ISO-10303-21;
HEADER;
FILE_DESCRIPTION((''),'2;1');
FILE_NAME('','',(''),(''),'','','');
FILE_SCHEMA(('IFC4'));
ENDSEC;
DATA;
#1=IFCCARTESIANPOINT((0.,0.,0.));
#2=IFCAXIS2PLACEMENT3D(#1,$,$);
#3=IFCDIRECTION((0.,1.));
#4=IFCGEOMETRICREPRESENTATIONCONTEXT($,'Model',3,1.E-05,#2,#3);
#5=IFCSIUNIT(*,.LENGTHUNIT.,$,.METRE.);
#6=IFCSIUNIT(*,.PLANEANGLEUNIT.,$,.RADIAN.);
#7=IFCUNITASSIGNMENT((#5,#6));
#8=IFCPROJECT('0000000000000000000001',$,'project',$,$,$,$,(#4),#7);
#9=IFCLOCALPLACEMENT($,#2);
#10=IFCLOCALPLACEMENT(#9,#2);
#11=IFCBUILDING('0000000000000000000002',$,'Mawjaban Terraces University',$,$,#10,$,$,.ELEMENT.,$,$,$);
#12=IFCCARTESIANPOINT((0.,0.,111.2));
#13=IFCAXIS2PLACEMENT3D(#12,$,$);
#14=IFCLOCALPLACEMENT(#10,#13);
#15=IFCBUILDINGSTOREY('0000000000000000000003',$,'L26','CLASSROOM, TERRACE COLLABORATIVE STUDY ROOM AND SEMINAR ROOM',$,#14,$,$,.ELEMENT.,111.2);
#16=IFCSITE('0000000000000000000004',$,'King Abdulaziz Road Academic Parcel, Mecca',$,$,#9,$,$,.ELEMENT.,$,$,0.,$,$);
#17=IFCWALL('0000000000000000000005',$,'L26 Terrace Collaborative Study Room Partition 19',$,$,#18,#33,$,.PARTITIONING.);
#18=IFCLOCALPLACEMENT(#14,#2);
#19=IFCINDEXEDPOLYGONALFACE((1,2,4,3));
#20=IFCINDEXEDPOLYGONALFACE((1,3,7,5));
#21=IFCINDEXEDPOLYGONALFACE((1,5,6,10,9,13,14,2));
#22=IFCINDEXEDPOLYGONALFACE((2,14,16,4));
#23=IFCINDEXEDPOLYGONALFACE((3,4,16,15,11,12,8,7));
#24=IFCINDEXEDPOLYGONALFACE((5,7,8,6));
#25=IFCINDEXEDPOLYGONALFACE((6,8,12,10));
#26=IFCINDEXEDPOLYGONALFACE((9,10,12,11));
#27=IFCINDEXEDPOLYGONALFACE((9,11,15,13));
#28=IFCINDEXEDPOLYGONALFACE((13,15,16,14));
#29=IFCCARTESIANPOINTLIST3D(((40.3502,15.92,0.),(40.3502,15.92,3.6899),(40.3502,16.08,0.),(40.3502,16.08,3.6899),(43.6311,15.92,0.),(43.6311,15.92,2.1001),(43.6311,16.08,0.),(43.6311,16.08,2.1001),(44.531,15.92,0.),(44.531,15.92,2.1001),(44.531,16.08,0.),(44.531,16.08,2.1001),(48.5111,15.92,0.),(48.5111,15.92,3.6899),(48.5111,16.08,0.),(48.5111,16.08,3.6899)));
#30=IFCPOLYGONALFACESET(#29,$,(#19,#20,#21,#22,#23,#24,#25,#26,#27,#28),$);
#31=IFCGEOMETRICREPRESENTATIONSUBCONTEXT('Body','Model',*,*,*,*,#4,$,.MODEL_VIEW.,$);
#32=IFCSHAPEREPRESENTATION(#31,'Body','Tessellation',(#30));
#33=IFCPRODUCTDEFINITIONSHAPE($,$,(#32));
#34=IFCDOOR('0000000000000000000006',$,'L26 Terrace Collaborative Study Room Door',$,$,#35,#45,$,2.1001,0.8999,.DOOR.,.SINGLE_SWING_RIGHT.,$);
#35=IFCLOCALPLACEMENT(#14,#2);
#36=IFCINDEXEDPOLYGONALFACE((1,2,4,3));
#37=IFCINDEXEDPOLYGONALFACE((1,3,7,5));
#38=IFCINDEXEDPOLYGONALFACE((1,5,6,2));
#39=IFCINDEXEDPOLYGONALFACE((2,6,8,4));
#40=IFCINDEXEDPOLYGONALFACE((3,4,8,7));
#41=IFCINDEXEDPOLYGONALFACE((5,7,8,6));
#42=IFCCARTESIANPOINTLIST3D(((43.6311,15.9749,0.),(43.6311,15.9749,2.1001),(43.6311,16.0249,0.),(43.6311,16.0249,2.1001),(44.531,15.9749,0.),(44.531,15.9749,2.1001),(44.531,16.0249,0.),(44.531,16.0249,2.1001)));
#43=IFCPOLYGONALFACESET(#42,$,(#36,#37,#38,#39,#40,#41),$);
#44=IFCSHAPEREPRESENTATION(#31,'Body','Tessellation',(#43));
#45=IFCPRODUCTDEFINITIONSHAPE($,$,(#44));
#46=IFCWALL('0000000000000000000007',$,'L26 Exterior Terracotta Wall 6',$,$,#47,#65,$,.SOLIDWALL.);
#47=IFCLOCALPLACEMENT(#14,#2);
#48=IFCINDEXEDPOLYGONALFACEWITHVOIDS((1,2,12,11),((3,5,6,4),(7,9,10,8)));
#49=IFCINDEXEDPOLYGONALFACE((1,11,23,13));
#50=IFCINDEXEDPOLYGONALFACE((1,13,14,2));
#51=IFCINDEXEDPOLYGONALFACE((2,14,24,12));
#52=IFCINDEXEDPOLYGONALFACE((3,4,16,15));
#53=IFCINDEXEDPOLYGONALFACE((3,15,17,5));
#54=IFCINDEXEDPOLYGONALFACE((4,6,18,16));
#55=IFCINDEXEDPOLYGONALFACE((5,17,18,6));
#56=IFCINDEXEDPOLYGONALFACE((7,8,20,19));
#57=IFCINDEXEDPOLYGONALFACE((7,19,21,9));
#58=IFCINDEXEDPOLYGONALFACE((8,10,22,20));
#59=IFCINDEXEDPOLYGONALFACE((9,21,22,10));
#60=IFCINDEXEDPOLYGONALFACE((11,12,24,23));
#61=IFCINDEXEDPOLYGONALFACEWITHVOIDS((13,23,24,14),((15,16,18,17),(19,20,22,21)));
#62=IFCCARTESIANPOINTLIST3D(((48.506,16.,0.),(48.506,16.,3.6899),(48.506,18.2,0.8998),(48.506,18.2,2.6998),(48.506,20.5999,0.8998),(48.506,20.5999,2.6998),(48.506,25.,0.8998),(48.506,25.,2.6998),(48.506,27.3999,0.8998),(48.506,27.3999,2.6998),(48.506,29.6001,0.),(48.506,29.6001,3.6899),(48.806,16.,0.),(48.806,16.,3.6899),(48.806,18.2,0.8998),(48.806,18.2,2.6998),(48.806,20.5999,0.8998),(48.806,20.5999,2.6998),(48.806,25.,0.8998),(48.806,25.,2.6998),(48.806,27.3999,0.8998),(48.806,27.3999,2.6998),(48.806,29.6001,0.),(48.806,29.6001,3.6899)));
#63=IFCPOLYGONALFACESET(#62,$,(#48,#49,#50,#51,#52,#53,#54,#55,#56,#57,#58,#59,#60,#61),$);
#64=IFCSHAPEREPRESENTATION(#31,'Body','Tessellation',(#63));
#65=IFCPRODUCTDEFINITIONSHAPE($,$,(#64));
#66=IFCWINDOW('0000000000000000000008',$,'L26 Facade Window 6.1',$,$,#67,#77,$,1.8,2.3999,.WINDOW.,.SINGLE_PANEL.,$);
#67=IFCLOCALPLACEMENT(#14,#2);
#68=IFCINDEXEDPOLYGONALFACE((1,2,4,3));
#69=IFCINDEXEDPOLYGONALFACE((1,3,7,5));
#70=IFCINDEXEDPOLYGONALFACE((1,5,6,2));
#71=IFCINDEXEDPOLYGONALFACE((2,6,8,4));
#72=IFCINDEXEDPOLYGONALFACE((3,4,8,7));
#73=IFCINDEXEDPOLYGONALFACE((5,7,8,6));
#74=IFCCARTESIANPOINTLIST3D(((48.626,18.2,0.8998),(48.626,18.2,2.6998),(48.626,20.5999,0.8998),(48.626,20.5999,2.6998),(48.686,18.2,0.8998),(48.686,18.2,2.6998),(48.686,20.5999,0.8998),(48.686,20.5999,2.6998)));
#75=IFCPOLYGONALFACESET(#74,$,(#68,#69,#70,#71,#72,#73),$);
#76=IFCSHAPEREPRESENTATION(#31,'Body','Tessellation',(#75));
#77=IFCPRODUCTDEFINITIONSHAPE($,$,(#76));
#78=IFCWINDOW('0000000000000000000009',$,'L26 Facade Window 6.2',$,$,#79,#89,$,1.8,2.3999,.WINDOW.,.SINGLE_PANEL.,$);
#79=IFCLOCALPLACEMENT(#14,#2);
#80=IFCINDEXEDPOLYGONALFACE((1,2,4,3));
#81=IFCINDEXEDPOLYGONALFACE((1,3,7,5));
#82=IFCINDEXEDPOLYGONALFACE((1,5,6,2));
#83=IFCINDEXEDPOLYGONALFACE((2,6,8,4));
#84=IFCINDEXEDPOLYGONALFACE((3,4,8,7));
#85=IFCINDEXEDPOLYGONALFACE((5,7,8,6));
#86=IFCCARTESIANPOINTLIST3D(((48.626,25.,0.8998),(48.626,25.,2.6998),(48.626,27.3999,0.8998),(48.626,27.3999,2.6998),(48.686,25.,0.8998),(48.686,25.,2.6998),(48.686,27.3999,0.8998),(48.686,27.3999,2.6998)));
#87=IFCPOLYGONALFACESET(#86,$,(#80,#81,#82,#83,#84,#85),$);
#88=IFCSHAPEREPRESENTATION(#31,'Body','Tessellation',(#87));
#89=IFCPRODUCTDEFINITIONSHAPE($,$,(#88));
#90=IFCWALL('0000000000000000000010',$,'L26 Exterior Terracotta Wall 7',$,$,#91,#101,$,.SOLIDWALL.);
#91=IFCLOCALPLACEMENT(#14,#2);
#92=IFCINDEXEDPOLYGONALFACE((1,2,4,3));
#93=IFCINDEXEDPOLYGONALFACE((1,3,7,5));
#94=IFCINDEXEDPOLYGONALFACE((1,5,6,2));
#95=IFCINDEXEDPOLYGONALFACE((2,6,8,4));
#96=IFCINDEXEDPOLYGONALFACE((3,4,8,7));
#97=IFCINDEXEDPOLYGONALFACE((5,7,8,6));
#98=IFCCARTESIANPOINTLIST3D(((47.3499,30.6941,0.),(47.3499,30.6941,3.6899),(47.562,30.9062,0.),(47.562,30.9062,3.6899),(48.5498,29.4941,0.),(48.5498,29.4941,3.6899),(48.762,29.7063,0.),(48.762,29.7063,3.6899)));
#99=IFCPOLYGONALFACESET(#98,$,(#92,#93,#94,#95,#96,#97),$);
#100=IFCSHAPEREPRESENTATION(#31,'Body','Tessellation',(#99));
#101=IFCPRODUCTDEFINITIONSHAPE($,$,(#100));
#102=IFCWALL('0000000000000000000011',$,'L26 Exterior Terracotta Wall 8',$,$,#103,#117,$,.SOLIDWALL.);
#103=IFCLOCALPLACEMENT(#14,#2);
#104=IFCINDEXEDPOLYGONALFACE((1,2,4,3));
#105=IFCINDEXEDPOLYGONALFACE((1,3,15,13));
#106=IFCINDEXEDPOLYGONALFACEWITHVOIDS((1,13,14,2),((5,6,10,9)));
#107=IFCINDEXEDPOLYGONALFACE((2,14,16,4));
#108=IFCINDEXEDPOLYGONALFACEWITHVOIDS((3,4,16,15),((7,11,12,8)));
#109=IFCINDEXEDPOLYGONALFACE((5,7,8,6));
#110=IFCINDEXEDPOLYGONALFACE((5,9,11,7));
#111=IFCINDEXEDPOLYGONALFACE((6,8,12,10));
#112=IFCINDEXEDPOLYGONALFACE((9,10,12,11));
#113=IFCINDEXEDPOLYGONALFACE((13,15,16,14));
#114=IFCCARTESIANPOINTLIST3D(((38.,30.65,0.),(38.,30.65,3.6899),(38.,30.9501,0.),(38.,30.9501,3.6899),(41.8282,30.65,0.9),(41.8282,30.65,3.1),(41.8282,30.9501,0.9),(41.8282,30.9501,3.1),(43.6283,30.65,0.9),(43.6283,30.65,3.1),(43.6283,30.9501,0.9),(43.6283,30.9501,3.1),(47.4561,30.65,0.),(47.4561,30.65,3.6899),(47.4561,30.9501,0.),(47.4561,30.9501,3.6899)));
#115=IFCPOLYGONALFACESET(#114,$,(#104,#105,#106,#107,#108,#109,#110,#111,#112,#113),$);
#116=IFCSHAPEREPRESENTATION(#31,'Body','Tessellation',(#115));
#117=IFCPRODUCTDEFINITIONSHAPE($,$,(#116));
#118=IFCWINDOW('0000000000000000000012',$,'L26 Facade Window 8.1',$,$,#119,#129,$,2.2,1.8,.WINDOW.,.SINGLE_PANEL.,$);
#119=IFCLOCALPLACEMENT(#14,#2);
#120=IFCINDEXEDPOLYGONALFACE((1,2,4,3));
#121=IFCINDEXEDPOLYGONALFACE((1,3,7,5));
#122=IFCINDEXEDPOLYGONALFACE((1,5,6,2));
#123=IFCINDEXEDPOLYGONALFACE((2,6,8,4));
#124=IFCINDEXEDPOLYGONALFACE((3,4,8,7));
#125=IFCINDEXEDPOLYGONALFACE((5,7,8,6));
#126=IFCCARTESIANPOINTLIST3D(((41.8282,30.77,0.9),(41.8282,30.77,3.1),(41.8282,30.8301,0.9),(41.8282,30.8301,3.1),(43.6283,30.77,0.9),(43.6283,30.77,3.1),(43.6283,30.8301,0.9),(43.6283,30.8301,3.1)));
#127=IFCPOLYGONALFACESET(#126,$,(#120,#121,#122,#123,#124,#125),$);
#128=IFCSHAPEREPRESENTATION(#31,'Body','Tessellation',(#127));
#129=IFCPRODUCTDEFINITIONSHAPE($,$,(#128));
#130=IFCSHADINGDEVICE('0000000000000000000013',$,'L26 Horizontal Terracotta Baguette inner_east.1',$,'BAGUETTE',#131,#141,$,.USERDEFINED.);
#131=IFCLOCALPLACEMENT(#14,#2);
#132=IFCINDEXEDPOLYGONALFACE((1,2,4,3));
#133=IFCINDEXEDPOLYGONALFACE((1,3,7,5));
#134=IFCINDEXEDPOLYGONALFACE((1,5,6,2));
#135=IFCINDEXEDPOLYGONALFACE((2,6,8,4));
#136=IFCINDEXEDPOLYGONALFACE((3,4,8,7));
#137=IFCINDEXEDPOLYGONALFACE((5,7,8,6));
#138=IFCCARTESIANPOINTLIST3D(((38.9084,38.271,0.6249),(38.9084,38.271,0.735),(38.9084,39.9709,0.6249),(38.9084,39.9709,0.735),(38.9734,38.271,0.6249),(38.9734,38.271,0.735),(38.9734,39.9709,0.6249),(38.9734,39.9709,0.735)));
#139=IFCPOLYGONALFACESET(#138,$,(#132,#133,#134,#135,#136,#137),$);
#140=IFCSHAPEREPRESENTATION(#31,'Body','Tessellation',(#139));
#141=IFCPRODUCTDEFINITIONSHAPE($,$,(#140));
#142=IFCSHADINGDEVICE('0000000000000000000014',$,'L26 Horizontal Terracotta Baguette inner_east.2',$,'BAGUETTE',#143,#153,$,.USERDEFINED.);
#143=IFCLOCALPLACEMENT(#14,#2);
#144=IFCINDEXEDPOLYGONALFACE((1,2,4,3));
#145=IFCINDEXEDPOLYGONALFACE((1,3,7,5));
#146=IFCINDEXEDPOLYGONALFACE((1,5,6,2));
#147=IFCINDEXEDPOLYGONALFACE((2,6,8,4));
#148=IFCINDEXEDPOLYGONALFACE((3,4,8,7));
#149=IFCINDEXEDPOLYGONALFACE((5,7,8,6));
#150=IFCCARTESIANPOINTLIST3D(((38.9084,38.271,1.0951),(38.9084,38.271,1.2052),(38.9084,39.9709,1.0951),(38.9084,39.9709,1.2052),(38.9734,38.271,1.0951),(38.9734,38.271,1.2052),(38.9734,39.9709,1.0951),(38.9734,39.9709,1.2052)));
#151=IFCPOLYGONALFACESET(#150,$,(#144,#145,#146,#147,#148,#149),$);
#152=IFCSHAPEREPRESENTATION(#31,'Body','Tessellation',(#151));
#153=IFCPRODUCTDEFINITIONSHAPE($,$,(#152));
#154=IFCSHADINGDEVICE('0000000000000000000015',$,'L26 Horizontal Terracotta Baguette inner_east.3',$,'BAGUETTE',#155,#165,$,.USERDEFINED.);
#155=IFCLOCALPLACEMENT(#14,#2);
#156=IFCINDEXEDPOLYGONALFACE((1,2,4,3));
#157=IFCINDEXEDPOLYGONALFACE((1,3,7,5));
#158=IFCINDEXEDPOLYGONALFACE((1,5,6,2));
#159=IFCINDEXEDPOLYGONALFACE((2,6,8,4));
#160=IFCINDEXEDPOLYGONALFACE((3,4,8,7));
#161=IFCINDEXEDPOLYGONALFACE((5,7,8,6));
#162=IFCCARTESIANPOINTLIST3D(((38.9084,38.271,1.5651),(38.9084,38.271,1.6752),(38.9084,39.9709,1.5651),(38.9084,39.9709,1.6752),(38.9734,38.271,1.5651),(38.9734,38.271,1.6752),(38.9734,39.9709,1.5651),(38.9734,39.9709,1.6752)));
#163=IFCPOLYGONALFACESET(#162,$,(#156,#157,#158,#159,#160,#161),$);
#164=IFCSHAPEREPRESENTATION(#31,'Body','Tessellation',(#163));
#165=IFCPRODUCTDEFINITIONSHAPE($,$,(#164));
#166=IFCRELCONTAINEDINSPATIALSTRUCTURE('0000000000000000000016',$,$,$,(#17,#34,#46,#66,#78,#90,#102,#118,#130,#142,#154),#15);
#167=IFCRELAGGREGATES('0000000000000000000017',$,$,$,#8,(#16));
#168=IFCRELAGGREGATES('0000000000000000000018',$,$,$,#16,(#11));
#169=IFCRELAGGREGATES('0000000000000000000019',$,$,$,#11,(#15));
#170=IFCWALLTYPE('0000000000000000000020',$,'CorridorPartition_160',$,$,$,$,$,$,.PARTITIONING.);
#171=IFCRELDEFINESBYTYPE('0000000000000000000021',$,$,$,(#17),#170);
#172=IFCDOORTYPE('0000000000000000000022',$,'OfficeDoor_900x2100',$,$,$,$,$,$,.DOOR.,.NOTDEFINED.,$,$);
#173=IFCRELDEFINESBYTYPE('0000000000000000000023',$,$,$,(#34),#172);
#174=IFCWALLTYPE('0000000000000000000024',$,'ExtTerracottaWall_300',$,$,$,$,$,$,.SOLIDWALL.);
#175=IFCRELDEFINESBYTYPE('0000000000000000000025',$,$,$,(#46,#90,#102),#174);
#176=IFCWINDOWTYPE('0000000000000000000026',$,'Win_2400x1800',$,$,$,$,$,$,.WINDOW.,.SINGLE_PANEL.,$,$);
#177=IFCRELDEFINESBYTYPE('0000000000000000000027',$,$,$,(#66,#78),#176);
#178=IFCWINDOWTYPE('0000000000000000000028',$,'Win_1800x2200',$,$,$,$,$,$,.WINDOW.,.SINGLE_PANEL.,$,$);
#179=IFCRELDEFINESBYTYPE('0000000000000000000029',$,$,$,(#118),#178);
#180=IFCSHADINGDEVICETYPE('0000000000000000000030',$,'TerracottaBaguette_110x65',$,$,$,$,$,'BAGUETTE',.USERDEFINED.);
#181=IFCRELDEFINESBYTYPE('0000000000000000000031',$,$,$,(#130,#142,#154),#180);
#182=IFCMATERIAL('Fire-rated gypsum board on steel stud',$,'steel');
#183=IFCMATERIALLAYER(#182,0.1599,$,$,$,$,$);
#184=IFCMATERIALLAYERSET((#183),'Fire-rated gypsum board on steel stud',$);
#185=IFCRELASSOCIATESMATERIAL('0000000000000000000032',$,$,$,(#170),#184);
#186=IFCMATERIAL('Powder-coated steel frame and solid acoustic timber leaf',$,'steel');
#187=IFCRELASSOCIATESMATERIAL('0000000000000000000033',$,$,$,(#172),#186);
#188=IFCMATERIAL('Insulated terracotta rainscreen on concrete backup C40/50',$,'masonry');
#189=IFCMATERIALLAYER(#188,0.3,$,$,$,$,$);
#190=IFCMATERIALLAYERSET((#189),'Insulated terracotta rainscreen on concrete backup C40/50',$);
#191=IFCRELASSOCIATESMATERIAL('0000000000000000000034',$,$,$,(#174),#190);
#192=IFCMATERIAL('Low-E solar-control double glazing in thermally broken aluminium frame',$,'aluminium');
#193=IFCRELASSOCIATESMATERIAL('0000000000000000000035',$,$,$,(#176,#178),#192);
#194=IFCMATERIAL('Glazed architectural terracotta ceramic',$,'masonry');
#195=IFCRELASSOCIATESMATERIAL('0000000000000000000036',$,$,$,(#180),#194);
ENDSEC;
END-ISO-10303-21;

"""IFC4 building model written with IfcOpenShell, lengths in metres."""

from ifc_helpers import new_model, si_unit, direction, frame, frame_2d, origin, origin_2d, place, context, subcontext, project, spatial, rectangle, extrude, material, layer, layer_set, material_profile, profile_set, type_object, element, fill, save


model = new_model("IFC4")

# Units and contexts
model_context = context("Model", 3, precision=1e-05, world=origin(), true_north=direction((0.0, 1.0)))
body_context = subcontext(model_context, "Body", "Model", "MODEL_VIEW")
ifc_project = project(units=[si_unit("LENGTHUNIT", "METRE"), si_unit("PLANEANGLEUNIT", "RADIAN")], contexts=[model_context])

# Site, building, storey
site_placement = place(None, origin())
site = spatial("IfcSite", under=ifc_project, at=site_placement, Name="King Abdulaziz Road Academic Parcel, Mecca", CompositionType="ELEMENT", RefElevation=0.0)
building_placement = place(site_placement, origin())
building = spatial("IfcBuilding", under=site, at=building_placement, Name="Mawjaban Terraces University", CompositionType="ELEMENT")
storey_placement = place(building_placement, frame((0.0, 0.0, 111.2)))
storey = spatial("IfcBuildingStorey", under=building, at=storey_placement, Name="L26", Description="CLASSROOM, TERRACE COLLABORATIVE STUDY ROOM AND SEMINAR ROOM", CompositionType="ELEMENT", Elevation=111.2)

# Shared definitions
ifc_material_1 = material(Name="Fire-rated gypsum board on steel stud", Category="steel")
ifc_layer_1 = layer(ifc_material_1, 0.1599)
ifc_layer_set_1 = layer_set([ifc_layer_1], Name="Fire-rated gypsum board on steel stud")
wall_type_1 = type_object("IfcWallType", Name="CorridorPartition_160", PredefinedType="PARTITIONING", material=ifc_layer_set_1)

# Wall, opening, door
wall_1_placement = place(storey_placement, frame((40.3501, 16.0, 0.0), z_axis=(0.0, 0.0, 1.0), x_axis=(1.0, 0.0, 0.0)))
wall_1 = element("IfcWall", 1, at=wall_1_placement, inside=storey, type_object=wall_type_1, Name="L26 Terrace Collaborative Study Room Partition 19", PredefinedType="PARTITIONING", context=body_context, shape_type="SweptSolid", body=[
    extrude(rectangle(XDim=8.1609, YDim=0.1599, at=frame_2d((4.0806, 0.0))), origin(), (0.0, 0.0, 1.0), 3.6899),
])
opening_1_placement = place(wall_1_placement, frame((3.281, 0.0, 0.0)))
opening_1 = element("IfcOpeningElement", 2, at=opening_1_placement, cuts=wall_1, PredefinedType="OPENING", context=body_context, shape_type="SweptSolid", body=[
    extrude(rectangle(XDim=0.8999, YDim=2.1001, at=frame_2d((0.45, 1.05))), frame((0.0, 0.0898, 0.0), z_axis=(0.0, -1.0, 0.0), x_axis=(1.0, 0.0, 0.0)), (0.0, 0.0, 1.0), 0.1799),
])
ifc_material_2 = material(Name="Powder-coated steel frame and solid acoustic timber leaf", Category="steel")
door_type = type_object("IfcDoorType", Name="OfficeDoor_900x2100", OperationType="NOTDEFINED", PredefinedType="DOOR", material=ifc_material_2)
door_placement = place(opening_1_placement, origin())
door = element("IfcDoor", 3, at=door_placement, inside=storey, type_object=door_type, Name="L26 Terrace Collaborative Study Room Door", OperationType="SINGLE_SWING_RIGHT", OverallHeight=2.1001, OverallWidth=0.8999, PredefinedType="DOOR", context=body_context, shape_type="SweptSolid", body=[
    extrude(rectangle(XDim=0.8999, YDim=2.1001, at=frame_2d((0.45, 1.05))), frame((0.0, 0.0249, 0.0), z_axis=(0.0, -1.0, 0.0), x_axis=(1.0, 0.0, 0.0)), (0.0, 0.0, 1.0), 0.05),
])
fill(opening_1, door)

# Wall, openings, windows
ifc_material_3 = material(Name="Insulated terracotta rainscreen on concrete backup C40/50", Category="masonry")
ifc_layer_2 = layer(ifc_material_3, 0.3)
ifc_layer_set_2 = layer_set([ifc_layer_2], Name="Insulated terracotta rainscreen on concrete backup C40/50")
wall_type_2 = type_object("IfcWallType", Name="ExtTerracottaWall_300", PredefinedType="SOLIDWALL", material=ifc_layer_set_2)
wall_2_placement = place(storey_placement, frame((48.656, 16.0, 0.0), z_axis=(0.0, 0.0, 1.0), x_axis=(0.0, 1.0, 0.0)))
wall_2 = element("IfcWall", 4, at=wall_2_placement, inside=storey, type_object=wall_type_2, Name="L26 Exterior Terracotta Wall 6", PredefinedType="SOLIDWALL", context=body_context, shape_type="SweptSolid", body=[
    extrude(rectangle(XDim=13.6001, YDim=0.3, at=frame_2d((6.8, 0.0))), origin(), (0.0, 0.0, 1.0), 3.6899),
])
opening_2_placement = place(wall_2_placement, frame((2.2, 0.0, 0.8999)))
opening_2 = element("IfcOpeningElement", 5, at=opening_2_placement, cuts=wall_2, PredefinedType="OPENING", context=body_context, shape_type="SweptSolid", body=[
    extrude(rectangle(XDim=2.3999, YDim=1.8, at=frame_2d((1.2, 0.8999))), frame((0.0, 0.1599, 0.0), z_axis=(0.0, -1.0, 0.0), x_axis=(1.0, 0.0, 0.0)), (0.0, 0.0, 1.0), 0.3201),
])
opening_3_placement = place(wall_2_placement, frame((9.0, 0.0, 0.8999)))
opening_3 = element("IfcOpeningElement", 6, at=opening_3_placement, cuts=wall_2, PredefinedType="OPENING", context=body_context, shape_type="SweptSolid", body=[
    extrude(rectangle(XDim=2.3999, YDim=1.8, at=frame_2d((1.2, 0.8999))), frame((0.0, 0.1599, 0.0), z_axis=(0.0, -1.0, 0.0), x_axis=(1.0, 0.0, 0.0)), (0.0, 0.0, 1.0), 0.3201),
])
ifc_material_4 = material(Name="Low-E solar-control double glazing in thermally broken aluminium frame", Category="aluminium")
window_type_1 = type_object("IfcWindowType", Name="Win_2400x1800", PartitioningType="SINGLE_PANEL", PredefinedType="WINDOW", material=ifc_material_4)
window_1_placement = place(opening_2_placement, origin())
window_1 = element("IfcWindow", 7, at=window_1_placement, inside=storey, type_object=window_type_1, Name="L26 Facade Window 6.1", OverallHeight=1.8, OverallWidth=2.3999, PartitioningType="SINGLE_PANEL", PredefinedType="WINDOW", context=body_context, shape_type="SweptSolid", body=[
    extrude(rectangle(XDim=2.3999, YDim=1.8, at=frame_2d((1.2, 0.8999))), frame((0.0, 0.03, 0.0), z_axis=(0.0, -1.0, 0.0), x_axis=(1.0, 0.0, 0.0)), (0.0, 0.0, 1.0), 0.0601),
])
fill(opening_2, window_1)
window_2_placement = place(opening_3_placement, origin())
window_2 = element("IfcWindow", 8, at=window_2_placement, inside=storey, type_object=window_type_1, Name="L26 Facade Window 6.2", OverallHeight=1.8, OverallWidth=2.3999, PartitioningType="SINGLE_PANEL", PredefinedType="WINDOW", context=body_context, shape_type="SweptSolid", body=[
    extrude(rectangle(XDim=2.3999, YDim=1.8, at=frame_2d((1.2, 0.8999))), frame((0.0, 0.03, 0.0), z_axis=(0.0, -1.0, 0.0), x_axis=(1.0, 0.0, 0.0)), (0.0, 0.0, 1.0), 0.0601),
])
fill(opening_3, window_2)

# Wall
wall_3_placement = place(storey_placement, frame((48.656, 29.6001, 0.0), z_axis=(0.0, 0.0, 1.0), x_axis=(-0.707107, 0.707107, 0.0)))
element("IfcWall", 9, at=wall_3_placement, inside=storey, type_object=wall_type_2, Name="L26 Exterior Terracotta Wall 7", PredefinedType="SOLIDWALL", context=body_context, shape_type="SweptSolid", body=[
    extrude(rectangle(XDim=1.697, YDim=0.3, at=frame_2d((0.8486, 0.0))), origin(), (0.0, 0.0, 1.0), 3.6899),
])

# Wall, opening, window
wall_4_placement = place(storey_placement, frame((47.4561, 30.8, 0.0), z_axis=(0.0, 0.0, 1.0), x_axis=(-1.0, 0.0, 0.0)))
wall_4 = element("IfcWall", 10, at=wall_4_placement, inside=storey, type_object=wall_type_2, Name="L26 Exterior Terracotta Wall 8", PredefinedType="SOLIDWALL", context=body_context, shape_type="SweptSolid", body=[
    extrude(rectangle(XDim=9.4561, YDim=0.3, at=frame_2d((4.728, 0.0))), origin(), (0.0, 0.0, 1.0), 3.6899),
])
opening_4_placement = place(wall_4_placement, frame((3.8279, 0.0, 0.8999)))
opening_4 = element("IfcOpeningElement", 11, at=opening_4_placement, cuts=wall_4, PredefinedType="OPENING", context=body_context, shape_type="SweptSolid", body=[
    extrude(rectangle(XDim=1.8, YDim=2.2, at=frame_2d((0.8999, 1.1001))), frame((0.0, 0.1599, 0.0), z_axis=(0.0, -1.0, 0.0), x_axis=(1.0, 0.0, 0.0)), (0.0, 0.0, 1.0), 0.3201),
])
window_type_2 = type_object("IfcWindowType", Name="Win_1800x2200", PartitioningType="SINGLE_PANEL", PredefinedType="WINDOW", material=ifc_material_4)
window_3_placement = place(opening_4_placement, origin())
window_3 = element("IfcWindow", 12, at=window_3_placement, inside=storey, type_object=window_type_2, Name="L26 Facade Window 8.1", OverallHeight=2.2, OverallWidth=1.8, PartitioningType="SINGLE_PANEL", PredefinedType="WINDOW", context=body_context, shape_type="SweptSolid", body=[
    extrude(rectangle(XDim=1.8, YDim=2.2, at=frame_2d((0.8999, 1.1001))), frame((0.0, 0.03, 0.0), z_axis=(0.0, -1.0, 0.0), x_axis=(1.0, 0.0, 0.0)), (0.0, 0.0, 1.0), 0.0601),
])
fill(opening_4, window_3)

# Shading devices
ifc_material_5 = material(Name="Glazed architectural terracotta ceramic", Category="masonry")
ifc_material_profile_1 = material_profile(ifc_material_5, rectangle(XDim=0.0649, YDim=0.1101, at=origin_2d()), Name="TBAG110X65")
ifc_profile_set_1 = profile_set([ifc_material_profile_1], Name="Glazed architectural terracotta ceramic")
shading_device_type = type_object("IfcShadingDeviceType", Name="TerracottaBaguette_110x65", ElementType="BAGUETTE", PredefinedType="USERDEFINED", material=ifc_profile_set_1)
for number, where, z_axis, x_axis, name in (
    (13, (38.9409, 38.271, 0.6799), (0.0, 1.0, 0.0), (-1.0, 0.0, 0.0), "L26 Horizontal Terracotta Baguette inner_east.1"),
    (14, (38.9409, 38.271, 1.1501), (0.0, 1.0, 0.0), (-1.0, 0.0, 0.0), "L26 Horizontal Terracotta Baguette inner_east.2"),
    (15, (38.9409, 38.271, 1.6201), (0.0, 1.0, 0.0), (-1.0, 0.0, 0.0), "L26 Horizontal Terracotta Baguette inner_east.3"),
):
    element("IfcShadingDevice", number, at=place(storey_placement, frame(where, z_axis=z_axis, x_axis=x_axis)), inside=storey, type_object=shading_device_type, Name=name, ObjectType="BAGUETTE", PredefinedType="USERDEFINED", context=body_context, shape_type="SweptSolid", body=[
        extrude(rectangle(XDim=0.0649, YDim=0.1101, at=origin_2d()), origin(), (0.0, 0.0, 1.0), 1.7),
    ])

save(model, "model.ifc")
